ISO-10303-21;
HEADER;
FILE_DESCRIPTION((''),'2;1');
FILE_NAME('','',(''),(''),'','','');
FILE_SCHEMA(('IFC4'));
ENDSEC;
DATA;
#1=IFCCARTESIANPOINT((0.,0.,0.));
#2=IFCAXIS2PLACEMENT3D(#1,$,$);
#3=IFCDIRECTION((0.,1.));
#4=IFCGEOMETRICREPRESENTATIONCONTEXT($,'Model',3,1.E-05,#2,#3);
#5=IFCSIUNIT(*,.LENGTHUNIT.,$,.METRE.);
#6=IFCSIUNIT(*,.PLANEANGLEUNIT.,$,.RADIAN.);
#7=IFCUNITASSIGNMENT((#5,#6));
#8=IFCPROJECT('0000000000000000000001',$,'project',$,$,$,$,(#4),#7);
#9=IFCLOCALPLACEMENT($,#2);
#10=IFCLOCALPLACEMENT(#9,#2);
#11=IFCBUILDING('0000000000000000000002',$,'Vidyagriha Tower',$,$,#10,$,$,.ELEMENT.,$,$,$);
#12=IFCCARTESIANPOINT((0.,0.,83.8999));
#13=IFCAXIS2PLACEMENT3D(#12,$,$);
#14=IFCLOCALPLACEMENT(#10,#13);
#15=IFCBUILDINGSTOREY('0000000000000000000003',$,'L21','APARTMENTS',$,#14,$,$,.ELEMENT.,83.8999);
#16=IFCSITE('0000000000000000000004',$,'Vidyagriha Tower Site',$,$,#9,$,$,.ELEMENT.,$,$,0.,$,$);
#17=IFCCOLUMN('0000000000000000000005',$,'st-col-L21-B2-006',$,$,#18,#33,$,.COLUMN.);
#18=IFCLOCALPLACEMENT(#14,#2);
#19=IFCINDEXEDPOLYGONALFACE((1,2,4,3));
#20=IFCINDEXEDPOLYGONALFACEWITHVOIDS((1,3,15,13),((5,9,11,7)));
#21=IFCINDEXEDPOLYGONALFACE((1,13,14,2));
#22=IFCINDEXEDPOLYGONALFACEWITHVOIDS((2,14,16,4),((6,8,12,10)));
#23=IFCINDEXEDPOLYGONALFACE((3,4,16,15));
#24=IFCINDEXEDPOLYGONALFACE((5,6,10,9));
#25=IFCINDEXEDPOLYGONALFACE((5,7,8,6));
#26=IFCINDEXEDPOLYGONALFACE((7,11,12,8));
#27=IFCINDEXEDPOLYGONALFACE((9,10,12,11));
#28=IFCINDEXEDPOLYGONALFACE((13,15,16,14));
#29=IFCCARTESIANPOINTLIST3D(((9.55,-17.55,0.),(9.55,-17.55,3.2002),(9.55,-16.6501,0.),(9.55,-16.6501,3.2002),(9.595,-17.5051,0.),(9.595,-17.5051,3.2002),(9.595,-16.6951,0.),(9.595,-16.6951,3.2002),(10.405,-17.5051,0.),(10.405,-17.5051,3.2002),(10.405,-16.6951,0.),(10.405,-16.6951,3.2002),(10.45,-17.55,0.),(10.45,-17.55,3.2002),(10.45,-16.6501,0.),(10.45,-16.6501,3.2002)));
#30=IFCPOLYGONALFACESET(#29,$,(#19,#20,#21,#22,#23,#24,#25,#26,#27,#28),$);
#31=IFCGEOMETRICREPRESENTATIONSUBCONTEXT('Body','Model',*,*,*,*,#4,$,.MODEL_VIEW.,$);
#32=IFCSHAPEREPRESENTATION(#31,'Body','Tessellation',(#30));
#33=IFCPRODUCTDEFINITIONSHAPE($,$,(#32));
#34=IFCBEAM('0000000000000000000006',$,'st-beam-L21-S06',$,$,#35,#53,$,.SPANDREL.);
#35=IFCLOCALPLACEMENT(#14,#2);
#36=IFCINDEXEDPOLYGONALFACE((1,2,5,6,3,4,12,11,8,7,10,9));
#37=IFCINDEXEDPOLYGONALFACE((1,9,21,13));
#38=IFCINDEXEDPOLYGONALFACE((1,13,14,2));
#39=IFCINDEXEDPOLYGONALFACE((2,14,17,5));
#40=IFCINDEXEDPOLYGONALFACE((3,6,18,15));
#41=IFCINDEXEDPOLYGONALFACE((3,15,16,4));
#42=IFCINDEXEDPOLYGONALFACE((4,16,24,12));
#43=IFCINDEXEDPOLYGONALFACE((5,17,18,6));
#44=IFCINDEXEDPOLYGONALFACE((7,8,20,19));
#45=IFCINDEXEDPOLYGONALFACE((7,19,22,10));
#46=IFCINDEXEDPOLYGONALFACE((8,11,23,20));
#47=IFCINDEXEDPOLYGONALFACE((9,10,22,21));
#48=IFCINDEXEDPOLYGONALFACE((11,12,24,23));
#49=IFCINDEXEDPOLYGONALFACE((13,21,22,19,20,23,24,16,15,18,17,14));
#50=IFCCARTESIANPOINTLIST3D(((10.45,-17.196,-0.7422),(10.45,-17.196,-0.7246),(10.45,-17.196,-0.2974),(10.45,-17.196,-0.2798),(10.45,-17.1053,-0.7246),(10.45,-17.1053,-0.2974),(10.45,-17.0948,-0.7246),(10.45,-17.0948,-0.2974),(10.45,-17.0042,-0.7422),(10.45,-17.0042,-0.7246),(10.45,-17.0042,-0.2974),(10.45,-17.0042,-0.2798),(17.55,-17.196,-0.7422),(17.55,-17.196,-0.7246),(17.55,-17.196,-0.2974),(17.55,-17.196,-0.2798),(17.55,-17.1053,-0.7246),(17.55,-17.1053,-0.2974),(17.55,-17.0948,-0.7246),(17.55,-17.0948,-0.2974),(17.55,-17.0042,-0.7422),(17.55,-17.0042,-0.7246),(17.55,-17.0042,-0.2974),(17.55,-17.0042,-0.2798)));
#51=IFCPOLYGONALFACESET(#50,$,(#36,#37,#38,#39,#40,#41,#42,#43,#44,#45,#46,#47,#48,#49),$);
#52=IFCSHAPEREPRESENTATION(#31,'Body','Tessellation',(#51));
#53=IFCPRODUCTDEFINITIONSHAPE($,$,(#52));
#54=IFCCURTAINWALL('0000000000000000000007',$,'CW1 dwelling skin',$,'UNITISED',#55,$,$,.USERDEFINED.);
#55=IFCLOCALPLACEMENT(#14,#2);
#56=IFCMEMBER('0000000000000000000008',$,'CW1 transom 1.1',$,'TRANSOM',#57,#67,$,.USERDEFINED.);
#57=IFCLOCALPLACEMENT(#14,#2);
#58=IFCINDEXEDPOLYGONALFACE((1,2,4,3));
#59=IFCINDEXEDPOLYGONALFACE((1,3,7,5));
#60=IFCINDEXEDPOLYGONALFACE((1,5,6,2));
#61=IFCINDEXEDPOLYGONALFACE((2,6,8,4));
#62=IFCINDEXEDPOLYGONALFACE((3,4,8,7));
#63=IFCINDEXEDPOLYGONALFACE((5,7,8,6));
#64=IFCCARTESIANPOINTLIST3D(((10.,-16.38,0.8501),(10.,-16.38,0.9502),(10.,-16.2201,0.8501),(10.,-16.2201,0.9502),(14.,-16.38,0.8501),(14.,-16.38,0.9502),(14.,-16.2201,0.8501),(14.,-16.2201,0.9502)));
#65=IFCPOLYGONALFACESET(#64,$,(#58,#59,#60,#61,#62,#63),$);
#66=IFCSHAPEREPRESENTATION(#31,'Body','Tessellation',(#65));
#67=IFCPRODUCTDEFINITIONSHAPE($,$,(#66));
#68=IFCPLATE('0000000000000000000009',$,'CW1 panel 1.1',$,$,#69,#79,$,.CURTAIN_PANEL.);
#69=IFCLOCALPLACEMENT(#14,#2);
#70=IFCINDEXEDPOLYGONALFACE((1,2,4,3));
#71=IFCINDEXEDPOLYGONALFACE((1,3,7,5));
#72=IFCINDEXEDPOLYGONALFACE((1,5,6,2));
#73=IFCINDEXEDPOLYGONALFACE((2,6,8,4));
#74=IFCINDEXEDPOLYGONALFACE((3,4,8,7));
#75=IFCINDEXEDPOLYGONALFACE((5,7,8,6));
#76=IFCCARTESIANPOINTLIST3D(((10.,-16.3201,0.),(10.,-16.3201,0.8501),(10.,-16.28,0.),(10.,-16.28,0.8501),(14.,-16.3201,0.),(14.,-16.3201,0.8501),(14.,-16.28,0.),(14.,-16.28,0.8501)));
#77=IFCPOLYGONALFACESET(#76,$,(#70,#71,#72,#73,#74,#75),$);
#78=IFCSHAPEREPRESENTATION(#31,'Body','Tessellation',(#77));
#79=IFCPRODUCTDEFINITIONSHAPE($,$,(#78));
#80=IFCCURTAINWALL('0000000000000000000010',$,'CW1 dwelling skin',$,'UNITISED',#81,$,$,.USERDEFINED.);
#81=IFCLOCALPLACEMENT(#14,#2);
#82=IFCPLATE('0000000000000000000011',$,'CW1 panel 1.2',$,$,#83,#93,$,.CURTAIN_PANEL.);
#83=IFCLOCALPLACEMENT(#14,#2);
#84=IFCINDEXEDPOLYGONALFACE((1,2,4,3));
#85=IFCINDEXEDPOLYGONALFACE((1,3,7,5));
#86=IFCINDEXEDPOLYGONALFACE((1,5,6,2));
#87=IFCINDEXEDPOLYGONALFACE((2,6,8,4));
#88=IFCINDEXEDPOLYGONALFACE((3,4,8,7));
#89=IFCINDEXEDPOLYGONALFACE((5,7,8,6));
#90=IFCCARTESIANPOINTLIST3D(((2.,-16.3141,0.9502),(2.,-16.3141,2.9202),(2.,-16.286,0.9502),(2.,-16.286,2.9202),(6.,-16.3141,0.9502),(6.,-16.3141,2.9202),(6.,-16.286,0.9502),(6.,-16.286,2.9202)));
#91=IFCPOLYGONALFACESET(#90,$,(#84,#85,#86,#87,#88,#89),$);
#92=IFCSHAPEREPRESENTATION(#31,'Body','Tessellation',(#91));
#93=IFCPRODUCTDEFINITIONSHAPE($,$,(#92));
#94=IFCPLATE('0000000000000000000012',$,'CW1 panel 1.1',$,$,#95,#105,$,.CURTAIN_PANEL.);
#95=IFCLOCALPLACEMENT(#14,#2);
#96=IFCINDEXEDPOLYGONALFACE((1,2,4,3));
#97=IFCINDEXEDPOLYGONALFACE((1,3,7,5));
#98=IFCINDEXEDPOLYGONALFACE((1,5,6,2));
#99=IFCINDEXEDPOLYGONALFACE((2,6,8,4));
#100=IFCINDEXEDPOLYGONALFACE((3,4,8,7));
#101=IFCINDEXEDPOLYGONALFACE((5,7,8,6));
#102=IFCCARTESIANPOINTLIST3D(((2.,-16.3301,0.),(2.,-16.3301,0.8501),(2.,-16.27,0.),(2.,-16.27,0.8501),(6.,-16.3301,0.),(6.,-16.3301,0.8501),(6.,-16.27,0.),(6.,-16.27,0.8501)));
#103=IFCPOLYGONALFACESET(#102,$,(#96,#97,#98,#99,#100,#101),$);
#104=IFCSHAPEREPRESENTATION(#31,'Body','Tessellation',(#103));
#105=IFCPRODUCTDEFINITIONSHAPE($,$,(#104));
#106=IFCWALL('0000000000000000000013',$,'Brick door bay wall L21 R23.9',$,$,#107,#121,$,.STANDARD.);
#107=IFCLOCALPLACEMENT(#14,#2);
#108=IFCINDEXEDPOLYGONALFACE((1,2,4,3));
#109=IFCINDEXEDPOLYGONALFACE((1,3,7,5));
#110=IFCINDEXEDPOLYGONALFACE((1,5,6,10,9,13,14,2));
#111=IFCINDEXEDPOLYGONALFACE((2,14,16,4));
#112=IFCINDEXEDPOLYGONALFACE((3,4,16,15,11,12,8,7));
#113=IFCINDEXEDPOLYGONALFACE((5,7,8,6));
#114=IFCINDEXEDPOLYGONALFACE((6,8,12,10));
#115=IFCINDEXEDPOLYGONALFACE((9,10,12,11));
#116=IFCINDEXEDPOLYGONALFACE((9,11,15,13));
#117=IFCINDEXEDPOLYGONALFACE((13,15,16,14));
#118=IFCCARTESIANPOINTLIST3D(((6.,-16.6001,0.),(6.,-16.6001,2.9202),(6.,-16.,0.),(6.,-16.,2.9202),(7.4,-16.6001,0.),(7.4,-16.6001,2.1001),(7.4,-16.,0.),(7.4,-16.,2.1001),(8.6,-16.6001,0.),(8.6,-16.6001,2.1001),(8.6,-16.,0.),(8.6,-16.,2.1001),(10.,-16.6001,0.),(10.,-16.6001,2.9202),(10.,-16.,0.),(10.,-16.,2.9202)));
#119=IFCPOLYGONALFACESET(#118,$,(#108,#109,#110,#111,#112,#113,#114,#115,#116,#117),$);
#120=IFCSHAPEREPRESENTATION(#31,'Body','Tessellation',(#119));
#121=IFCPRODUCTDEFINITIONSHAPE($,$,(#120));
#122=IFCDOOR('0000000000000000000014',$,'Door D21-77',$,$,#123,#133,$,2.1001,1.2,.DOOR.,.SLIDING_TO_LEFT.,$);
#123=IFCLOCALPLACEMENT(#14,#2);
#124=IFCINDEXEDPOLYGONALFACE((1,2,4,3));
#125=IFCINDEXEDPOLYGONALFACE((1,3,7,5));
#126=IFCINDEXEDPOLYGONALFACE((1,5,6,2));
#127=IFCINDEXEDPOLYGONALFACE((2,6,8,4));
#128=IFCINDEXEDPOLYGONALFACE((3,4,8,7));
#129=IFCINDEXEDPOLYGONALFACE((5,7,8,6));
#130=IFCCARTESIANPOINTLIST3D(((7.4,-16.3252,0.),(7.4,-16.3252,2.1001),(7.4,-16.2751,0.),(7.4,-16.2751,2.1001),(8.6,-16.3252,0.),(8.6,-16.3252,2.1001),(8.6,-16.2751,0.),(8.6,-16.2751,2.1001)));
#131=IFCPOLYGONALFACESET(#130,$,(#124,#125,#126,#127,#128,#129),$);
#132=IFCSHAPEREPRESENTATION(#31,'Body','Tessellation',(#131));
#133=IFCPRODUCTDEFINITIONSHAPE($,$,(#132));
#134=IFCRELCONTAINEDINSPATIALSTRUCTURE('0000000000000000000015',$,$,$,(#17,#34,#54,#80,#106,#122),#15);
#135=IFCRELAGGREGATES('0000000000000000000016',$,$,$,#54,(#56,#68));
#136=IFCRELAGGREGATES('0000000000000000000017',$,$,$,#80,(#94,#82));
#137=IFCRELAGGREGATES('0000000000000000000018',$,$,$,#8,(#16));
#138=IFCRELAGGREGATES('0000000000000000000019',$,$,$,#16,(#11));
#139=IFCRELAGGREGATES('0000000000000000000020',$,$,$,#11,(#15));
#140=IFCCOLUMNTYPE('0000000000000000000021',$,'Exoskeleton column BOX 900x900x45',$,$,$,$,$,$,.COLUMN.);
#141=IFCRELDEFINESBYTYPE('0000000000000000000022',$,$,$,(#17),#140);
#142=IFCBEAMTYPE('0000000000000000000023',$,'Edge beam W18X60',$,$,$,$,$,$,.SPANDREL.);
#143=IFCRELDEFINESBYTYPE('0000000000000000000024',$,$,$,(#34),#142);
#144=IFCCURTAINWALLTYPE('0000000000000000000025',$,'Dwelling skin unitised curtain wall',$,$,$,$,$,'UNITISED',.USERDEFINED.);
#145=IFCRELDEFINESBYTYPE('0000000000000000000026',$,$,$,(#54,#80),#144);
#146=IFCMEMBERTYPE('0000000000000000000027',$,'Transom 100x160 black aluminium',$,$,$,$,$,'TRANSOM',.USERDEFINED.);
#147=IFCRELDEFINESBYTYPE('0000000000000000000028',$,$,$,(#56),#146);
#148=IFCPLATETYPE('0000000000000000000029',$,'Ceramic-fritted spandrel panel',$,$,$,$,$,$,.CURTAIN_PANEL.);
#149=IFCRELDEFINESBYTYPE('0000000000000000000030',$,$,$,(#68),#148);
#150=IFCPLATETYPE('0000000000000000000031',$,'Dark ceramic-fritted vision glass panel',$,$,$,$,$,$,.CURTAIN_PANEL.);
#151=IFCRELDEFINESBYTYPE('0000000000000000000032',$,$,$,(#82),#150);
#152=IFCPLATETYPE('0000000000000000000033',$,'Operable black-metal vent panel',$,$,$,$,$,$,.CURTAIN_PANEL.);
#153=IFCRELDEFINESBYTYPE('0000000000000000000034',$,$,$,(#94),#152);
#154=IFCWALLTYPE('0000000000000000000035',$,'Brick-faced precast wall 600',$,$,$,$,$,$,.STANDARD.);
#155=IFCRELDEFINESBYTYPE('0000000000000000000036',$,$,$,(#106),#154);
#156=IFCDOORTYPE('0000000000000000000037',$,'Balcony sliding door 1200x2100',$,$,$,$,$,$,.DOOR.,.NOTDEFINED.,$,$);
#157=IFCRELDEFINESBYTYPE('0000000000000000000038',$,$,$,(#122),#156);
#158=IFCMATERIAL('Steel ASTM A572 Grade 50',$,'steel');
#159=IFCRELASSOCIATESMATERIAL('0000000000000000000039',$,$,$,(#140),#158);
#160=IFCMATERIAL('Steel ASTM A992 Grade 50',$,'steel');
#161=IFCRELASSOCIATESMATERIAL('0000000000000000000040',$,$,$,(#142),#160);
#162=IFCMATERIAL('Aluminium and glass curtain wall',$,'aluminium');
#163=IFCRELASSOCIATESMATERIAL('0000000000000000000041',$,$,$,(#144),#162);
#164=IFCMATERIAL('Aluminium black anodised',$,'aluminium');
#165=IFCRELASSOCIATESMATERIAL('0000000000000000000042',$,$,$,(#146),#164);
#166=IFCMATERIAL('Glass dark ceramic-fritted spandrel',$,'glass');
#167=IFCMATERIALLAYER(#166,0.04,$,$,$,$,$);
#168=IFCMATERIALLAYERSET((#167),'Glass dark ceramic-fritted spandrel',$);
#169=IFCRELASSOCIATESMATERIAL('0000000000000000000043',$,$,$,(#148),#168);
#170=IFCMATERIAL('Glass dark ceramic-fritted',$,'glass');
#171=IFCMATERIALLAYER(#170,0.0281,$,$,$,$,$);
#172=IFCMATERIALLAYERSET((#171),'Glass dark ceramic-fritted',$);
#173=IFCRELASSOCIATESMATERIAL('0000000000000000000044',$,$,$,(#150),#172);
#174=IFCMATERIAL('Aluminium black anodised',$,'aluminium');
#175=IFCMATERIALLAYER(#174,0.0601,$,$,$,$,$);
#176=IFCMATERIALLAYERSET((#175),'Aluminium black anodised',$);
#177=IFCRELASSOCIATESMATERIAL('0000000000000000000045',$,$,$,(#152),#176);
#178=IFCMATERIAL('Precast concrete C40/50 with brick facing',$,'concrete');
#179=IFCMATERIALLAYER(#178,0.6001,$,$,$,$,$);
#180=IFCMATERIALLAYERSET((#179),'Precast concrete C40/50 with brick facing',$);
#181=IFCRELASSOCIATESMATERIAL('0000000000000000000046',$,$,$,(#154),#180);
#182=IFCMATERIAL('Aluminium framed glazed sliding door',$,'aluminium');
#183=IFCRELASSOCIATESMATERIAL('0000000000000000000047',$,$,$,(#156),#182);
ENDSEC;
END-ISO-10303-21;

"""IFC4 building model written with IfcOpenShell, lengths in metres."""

from ifc_helpers import new_model, si_unit, direction, frame, frame_2d, origin, origin_2d, place, context, subcontext, project, spatial, rectangle, hollow_rectangle, i_section, extrude, material, layer, layer_set, material_profile, profile_set, type_object, element, fill, aggregate, save


model = new_model("IFC4")

# Units and contexts
model_context = context("Model", 3, precision=1e-05, world=origin(), true_north=direction((0.0, 1.0)))
body_context = subcontext(model_context, "Body", "Model", "MODEL_VIEW")
ifc_project = project(units=[si_unit("LENGTHUNIT", "METRE"), si_unit("PLANEANGLEUNIT", "RADIAN")], contexts=[model_context])

# Site, building, storey
site_placement = place(None, origin())
site = spatial("IfcSite", under=ifc_project, at=site_placement, Name="Vidyagriha Tower Site", CompositionType="ELEMENT", RefElevation=0.0)
building_placement = place(site_placement, origin())
building = spatial("IfcBuilding", under=site, at=building_placement, Name="Vidyagriha Tower", CompositionType="ELEMENT")
storey_placement = place(building_placement, frame((0.0, 0.0, 83.8999)))
storey = spatial("IfcBuildingStorey", under=building, at=storey_placement, Name="L21", Description="APARTMENTS", CompositionType="ELEMENT", Elevation=83.8999)

# Column
ifc_material_1 = material(Name="Steel ASTM A572 Grade 50", Category="steel")
ifc_material_profile_1 = material_profile(ifc_material_1, hollow_rectangle(XDim=0.8999, YDim=0.8999, WallThickness=0.0449, at=origin_2d()), Name="BOX 900x900x45")
ifc_profile_set_1 = profile_set([ifc_material_profile_1], Name="Steel ASTM A572 Grade 50")
column_type = type_object("IfcColumnType", Name="Exoskeleton column BOX 900x900x45", PredefinedType="COLUMN", material=ifc_profile_set_1)
column_placement = place(storey_placement, frame((10.0, -17.1001, 0.0)))
element("IfcColumn", 1, at=column_placement, inside=storey, type_object=column_type, Name="st-col-L21-B2-006", PredefinedType="COLUMN", context=body_context, shape_type="SweptSolid", body=[
    extrude(hollow_rectangle(XDim=0.8999, YDim=0.8999, WallThickness=0.0449, at=origin_2d()), origin(), (0.0, 0.0, 1.0), 3.2002),
])

# Beam
ifc_material_2 = material(Name="Steel ASTM A992 Grade 50", Category="steel")
ifc_material_profile_2 = material_profile(ifc_material_2, i_section(OverallWidth=0.1919, OverallDepth=0.4624, WebThickness=0.0105, FlangeThickness=0.0176, at=origin_2d()), Name="W18X60")
ifc_profile_set_2 = profile_set([ifc_material_profile_2], Name="Steel ASTM A992 Grade 50")
beam_type = type_object("IfcBeamType", Name="Edge beam W18X60", PredefinedType="SPANDREL", material=ifc_profile_set_2)
beam_placement = place(storey_placement, frame((10.45, -17.1001, -0.511), z_axis=(1.0, 0.0, 0.0), x_axis=(0.0, 1.0, 0.0)))
element("IfcBeam", 2, at=beam_placement, inside=storey, type_object=beam_type, Name="st-beam-L21-S06", PredefinedType="SPANDREL", context=body_context, shape_type="SweptSolid", body=[
    extrude(i_section(OverallWidth=0.1919, OverallDepth=0.4624, WebThickness=0.0105, FlangeThickness=0.0176, at=origin_2d()), origin(), (0.0, 0.0, 1.0), 7.1001),
])

# Curtain wall, member, plate
ifc_material_3 = material(Name="Aluminium and glass curtain wall", Category="aluminium")
curtain_wall_type = type_object("IfcCurtainWallType", Name="Dwelling skin unitised curtain wall", ElementType="UNITISED", PredefinedType="USERDEFINED", material=ifc_material_3)
curtain_wall_1_placement = place(storey_placement, origin())
curtain_wall_1 = element("IfcCurtainWall", 3, at=curtain_wall_1_placement, inside=storey, type_object=curtain_wall_type, Name="CW1 dwelling skin", ObjectType="UNITISED", PredefinedType="USERDEFINED")
ifc_material_4 = material(Name="Aluminium black anodised", Category="aluminium")
ifc_material_profile_3 = material_profile(ifc_material_4, rectangle(XDim=0.1599, YDim=0.1001, at=origin_2d()), Name="Transom 100x160 black aluminium")
ifc_profile_set_3 = profile_set([ifc_material_profile_3], Name="Aluminium black anodised")
member_type = type_object("IfcMemberType", Name="Transom 100x160 black aluminium", ElementType="TRANSOM", PredefinedType="USERDEFINED", material=ifc_profile_set_3)
member_placement = place(storey_placement, frame((10.0, -16.3, 0.9001), z_axis=(1.0, 0.0, 0.0), x_axis=(0.0, 1.0, 0.0)))
member = element("IfcMember", 4, at=member_placement, type_object=member_type, Name="CW1 transom 1.1", ObjectType="TRANSOM", PredefinedType="USERDEFINED", context=body_context, shape_type="SweptSolid", body=[
    extrude(rectangle(XDim=0.1599, YDim=0.1001, at=origin_2d()), origin(), (0.0, 0.0, 1.0), 4.0),
])
ifc_material_5 = material(Name="Glass dark ceramic-fritted spandrel", Category="glass")
ifc_layer_1 = layer(ifc_material_5, 0.04)
ifc_layer_set_1 = layer_set([ifc_layer_1], Name="Glass dark ceramic-fritted spandrel")
plate_type_1 = type_object("IfcPlateType", Name="Ceramic-fritted spandrel panel", PredefinedType="CURTAIN_PANEL", material=ifc_layer_set_1)
plate_1_placement = place(storey_placement, frame((12.0, -16.3, 0.0)))
plate_1 = element("IfcPlate", 5, at=plate_1_placement, type_object=plate_type_1, Name="CW1 panel 1.1", PredefinedType="CURTAIN_PANEL", context=body_context, shape_type="SweptSolid", body=[
    extrude(rectangle(XDim=4.0, YDim=0.04, at=origin_2d()), origin(), (0.0, 0.0, 1.0), 0.8501),
])
aggregate(curtain_wall_1, [member, plate_1])

# Curtain wall, plates
curtain_wall_2_placement = place(storey_placement, origin())
curtain_wall_2 = element("IfcCurtainWall", 6, at=curtain_wall_2_placement, inside=storey, type_object=curtain_wall_type, Name="CW1 dwelling skin", ObjectType="UNITISED", PredefinedType="USERDEFINED")
ifc_material_6 = material(Name="Glass dark ceramic-fritted", Category="glass")
ifc_layer_2 = layer(ifc_material_6, 0.0281)
ifc_layer_set_2 = layer_set([ifc_layer_2], Name="Glass dark ceramic-fritted")
plate_type_2 = type_object("IfcPlateType", Name="Dark ceramic-fritted vision glass panel", PredefinedType="CURTAIN_PANEL", material=ifc_layer_set_2)
plate_2_placement = place(storey_placement, frame((4.0, -16.3, 0.9502)))
plate_2 = element("IfcPlate", 7, at=plate_2_placement, type_object=plate_type_2, Name="CW1 panel 1.2", PredefinedType="CURTAIN_PANEL", context=body_context, shape_type="SweptSolid", body=[
    extrude(rectangle(XDim=4.0, YDim=0.0281, at=origin_2d()), origin(), (0.0, 0.0, 1.0), 1.97),
])
ifc_material_7 = material(Name="Aluminium black anodised", Category="aluminium")
ifc_layer_3 = layer(ifc_material_7, 0.0601)
ifc_layer_set_3 = layer_set([ifc_layer_3], Name="Aluminium black anodised")
plate_type_3 = type_object("IfcPlateType", Name="Operable black-metal vent panel", PredefinedType="CURTAIN_PANEL", material=ifc_layer_set_3)
plate_3_placement = place(storey_placement, frame((4.0, -16.3, 0.0)))
plate_3 = element("IfcPlate", 8, at=plate_3_placement, type_object=plate_type_3, Name="CW1 panel 1.1", PredefinedType="CURTAIN_PANEL", context=body_context, shape_type="SweptSolid", body=[
    extrude(rectangle(XDim=4.0, YDim=0.0601, at=origin_2d()), origin(), (0.0, 0.0, 1.0), 0.8501),
])
aggregate(curtain_wall_2, [plate_3, plate_2])

# Wall, opening, door
ifc_material_8 = material(Name="Precast concrete C40/50 with brick facing", Category="concrete")
ifc_layer_4 = layer(ifc_material_8, 0.6001)
ifc_layer_set_4 = layer_set([ifc_layer_4], Name="Precast concrete C40/50 with brick facing")
wall_type = type_object("IfcWallType", Name="Brick-faced precast wall 600", PredefinedType="STANDARD", material=ifc_layer_set_4)
wall_placement = place(storey_placement, frame((6.0, -16.3, 0.0)))
wall = element("IfcWall", 9, at=wall_placement, inside=storey, type_object=wall_type, Name="Brick door bay wall L21 R23.9", PredefinedType="STANDARD", context=body_context, shape_type="SweptSolid", body=[
    extrude(rectangle(XDim=4.0, YDim=0.6001, at=frame_2d((2.0, 0.0))), origin(), (0.0, 0.0, 1.0), 2.9202),
])
opening_placement = place(wall_placement, frame((1.3999, 0.0, 0.0)))
opening = element("IfcOpeningElement", 10, at=opening_placement, cuts=wall, PredefinedType="OPENING", context=body_context, shape_type="SweptSolid", body=[
    extrude(rectangle(XDim=1.2, YDim=2.1001, at=frame_2d((0.6001, 1.05))), frame((0.0, 0.3101, 0.0), z_axis=(0.0, -1.0, 0.0), x_axis=(1.0, 0.0, 0.0)), (0.0, 0.0, 1.0), 0.6201),
])
ifc_material_9 = material(Name="Aluminium framed glazed sliding door", Category="aluminium")
door_type = type_object("IfcDoorType", Name="Balcony sliding door 1200x2100", OperationType="NOTDEFINED", PredefinedType="DOOR", material=ifc_material_9)
door_placement = place(opening_placement, origin())
door = element("IfcDoor", 11, at=door_placement, inside=storey, type_object=door_type, Name="Door D21-77", OperationType="SLIDING_TO_LEFT", OverallHeight=2.1001, OverallWidth=1.2, PredefinedType="DOOR", context=body_context, shape_type="SweptSolid", body=[
    extrude(rectangle(XDim=1.2, YDim=2.1001, at=frame_2d((0.6001, 1.05))), frame((0.0, 0.0249, 0.0), z_axis=(0.0, -1.0, 0.0), x_axis=(1.0, 0.0, 0.0)), (0.0, 0.0, 1.0), 0.05),
])
fill(opening, door)

save(model, "model.ifc")
